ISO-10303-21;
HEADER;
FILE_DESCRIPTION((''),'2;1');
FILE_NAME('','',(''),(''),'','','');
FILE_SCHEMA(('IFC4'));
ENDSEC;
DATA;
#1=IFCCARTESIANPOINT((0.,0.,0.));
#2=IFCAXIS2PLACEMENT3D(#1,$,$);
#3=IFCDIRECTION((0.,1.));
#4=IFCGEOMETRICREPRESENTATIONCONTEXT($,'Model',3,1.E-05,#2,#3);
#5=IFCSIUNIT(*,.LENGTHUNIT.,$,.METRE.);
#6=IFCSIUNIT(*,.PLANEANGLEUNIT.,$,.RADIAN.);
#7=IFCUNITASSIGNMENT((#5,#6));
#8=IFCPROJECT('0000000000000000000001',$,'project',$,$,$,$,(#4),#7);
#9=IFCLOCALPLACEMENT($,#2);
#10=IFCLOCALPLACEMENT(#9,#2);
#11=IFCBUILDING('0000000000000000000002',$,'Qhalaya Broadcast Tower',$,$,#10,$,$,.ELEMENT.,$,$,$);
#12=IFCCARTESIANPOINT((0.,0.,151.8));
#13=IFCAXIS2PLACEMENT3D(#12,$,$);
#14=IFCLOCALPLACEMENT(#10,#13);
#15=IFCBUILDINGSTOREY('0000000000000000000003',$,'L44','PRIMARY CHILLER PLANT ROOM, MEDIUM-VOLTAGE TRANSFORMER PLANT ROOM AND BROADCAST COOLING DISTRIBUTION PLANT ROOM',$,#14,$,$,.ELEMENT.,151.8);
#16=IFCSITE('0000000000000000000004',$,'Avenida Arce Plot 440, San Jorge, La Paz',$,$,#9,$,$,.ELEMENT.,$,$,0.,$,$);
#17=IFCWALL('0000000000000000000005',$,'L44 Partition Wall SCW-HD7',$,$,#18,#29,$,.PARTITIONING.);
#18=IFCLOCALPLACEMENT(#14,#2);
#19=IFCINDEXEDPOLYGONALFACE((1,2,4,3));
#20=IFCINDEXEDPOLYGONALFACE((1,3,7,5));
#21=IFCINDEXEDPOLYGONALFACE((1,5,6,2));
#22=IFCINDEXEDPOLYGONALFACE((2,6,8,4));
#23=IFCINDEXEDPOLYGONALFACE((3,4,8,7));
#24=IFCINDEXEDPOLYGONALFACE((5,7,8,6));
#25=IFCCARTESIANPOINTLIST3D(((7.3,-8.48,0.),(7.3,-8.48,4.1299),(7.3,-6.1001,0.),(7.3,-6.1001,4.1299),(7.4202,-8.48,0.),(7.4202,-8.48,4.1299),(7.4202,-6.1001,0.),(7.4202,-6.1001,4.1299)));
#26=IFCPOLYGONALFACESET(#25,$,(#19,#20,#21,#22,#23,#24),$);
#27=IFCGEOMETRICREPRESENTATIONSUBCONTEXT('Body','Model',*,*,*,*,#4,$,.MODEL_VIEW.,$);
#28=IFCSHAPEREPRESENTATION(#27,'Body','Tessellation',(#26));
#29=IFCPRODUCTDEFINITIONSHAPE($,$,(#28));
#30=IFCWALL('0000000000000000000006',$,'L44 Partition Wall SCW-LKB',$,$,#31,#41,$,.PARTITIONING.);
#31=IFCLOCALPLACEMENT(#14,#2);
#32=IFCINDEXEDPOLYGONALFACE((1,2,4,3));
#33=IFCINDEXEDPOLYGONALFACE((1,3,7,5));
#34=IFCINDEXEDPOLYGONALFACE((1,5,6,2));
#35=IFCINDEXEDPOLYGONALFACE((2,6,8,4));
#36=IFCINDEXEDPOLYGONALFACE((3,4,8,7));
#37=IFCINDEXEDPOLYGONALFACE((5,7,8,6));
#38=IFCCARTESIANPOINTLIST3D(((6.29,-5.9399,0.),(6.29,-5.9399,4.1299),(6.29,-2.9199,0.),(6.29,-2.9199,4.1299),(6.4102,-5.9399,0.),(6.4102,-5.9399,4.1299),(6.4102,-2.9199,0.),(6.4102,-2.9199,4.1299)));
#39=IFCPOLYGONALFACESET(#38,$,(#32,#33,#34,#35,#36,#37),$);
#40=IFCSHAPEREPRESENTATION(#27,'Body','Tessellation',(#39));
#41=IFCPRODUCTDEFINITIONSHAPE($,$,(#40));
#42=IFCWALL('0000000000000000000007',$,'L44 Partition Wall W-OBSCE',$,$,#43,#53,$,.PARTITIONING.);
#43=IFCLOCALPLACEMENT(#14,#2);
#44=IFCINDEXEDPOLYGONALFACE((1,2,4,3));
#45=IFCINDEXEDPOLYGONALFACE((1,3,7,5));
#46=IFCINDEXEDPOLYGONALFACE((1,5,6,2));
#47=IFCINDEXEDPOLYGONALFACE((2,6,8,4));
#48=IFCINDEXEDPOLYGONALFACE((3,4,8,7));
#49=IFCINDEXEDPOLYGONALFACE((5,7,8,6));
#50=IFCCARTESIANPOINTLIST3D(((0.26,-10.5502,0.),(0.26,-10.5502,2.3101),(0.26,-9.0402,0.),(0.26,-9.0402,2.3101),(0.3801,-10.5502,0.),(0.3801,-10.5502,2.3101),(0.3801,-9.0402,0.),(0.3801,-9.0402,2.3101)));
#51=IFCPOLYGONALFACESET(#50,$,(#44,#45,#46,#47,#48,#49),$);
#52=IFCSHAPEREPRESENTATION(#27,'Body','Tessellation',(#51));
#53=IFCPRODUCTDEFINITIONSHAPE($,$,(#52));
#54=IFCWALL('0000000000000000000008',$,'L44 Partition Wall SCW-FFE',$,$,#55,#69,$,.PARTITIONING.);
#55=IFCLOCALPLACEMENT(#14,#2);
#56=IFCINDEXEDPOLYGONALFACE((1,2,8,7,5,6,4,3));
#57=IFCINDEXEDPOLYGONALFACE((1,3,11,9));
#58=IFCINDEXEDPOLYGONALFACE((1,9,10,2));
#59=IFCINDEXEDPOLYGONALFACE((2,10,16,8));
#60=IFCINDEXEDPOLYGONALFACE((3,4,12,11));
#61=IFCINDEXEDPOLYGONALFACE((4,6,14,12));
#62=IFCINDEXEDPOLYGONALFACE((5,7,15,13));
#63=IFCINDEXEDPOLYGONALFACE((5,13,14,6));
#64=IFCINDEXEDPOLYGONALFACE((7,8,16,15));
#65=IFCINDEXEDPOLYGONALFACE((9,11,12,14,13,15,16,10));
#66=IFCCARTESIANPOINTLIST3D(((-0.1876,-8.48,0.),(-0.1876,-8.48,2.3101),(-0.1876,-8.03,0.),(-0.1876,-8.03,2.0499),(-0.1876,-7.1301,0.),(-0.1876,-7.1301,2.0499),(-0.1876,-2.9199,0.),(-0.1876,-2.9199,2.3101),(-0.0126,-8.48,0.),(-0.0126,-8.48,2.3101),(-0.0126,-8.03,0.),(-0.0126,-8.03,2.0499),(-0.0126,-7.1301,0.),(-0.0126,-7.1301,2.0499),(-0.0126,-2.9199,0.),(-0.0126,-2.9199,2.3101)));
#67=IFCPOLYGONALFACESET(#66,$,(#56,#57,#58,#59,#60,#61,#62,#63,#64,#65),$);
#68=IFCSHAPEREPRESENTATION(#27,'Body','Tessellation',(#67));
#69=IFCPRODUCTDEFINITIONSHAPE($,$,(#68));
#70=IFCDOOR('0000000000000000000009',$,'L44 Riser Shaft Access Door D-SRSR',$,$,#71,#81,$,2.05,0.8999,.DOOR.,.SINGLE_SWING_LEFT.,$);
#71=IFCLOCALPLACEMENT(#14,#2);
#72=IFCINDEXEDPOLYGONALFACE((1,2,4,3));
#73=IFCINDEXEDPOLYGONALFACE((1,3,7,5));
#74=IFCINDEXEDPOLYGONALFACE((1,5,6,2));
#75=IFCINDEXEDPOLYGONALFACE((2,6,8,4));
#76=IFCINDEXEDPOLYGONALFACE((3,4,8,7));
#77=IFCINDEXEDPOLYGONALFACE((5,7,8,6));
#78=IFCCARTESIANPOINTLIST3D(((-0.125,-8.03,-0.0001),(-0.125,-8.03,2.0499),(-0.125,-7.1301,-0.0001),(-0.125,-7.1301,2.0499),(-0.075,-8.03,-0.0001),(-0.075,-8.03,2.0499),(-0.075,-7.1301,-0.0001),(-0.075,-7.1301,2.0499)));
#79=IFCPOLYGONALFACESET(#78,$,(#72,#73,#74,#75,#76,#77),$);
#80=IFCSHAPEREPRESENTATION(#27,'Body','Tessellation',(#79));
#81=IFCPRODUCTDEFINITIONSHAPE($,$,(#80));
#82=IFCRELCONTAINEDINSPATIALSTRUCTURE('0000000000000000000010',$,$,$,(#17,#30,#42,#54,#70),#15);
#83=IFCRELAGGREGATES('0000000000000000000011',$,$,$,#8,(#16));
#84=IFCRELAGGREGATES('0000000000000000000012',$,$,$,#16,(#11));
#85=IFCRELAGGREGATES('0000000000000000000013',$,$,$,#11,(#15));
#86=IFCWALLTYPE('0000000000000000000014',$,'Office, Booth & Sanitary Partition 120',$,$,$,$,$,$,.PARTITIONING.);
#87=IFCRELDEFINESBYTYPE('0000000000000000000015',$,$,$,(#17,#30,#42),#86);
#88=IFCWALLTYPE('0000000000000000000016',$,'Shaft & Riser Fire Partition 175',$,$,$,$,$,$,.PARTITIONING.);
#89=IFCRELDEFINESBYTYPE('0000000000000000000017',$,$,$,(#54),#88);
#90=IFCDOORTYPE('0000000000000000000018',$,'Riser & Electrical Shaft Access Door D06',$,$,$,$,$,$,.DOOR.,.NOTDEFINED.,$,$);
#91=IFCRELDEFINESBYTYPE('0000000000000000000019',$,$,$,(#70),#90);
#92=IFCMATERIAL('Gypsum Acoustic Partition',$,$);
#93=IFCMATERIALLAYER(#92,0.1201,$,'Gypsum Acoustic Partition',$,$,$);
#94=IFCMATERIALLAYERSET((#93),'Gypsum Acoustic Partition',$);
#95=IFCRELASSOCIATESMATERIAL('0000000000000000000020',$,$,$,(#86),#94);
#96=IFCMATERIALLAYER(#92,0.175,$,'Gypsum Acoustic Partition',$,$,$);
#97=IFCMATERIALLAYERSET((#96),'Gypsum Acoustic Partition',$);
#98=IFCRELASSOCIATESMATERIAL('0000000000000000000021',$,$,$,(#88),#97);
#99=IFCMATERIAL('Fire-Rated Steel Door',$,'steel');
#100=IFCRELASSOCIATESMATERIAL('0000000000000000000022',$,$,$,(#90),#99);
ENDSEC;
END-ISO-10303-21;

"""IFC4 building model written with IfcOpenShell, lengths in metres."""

from ifc_helpers import new_model, si_unit, direction, frame, frame_2d, origin, place, context, subcontext, project, spatial, rectangle, extrude, material, layer, layer_set, type_object, element, fill, save


model = new_model("IFC4")

# Units and contexts
model_context = context("Model", 3, precision=1e-05, world=origin(), true_north=direction((0.0, 1.0)))
body_context = subcontext(model_context, "Body", "Model", "MODEL_VIEW")
ifc_project = project(units=[si_unit("LENGTHUNIT", "METRE"), si_unit("PLANEANGLEUNIT", "RADIAN")], contexts=[model_context])

# Site, building, storey
site_placement = place(None, origin())
site = spatial("IfcSite", under=ifc_project, at=site_placement, Name="Avenida Arce Plot 440, San Jorge, La Paz", CompositionType="ELEMENT", RefElevation=0.0)
building_placement = place(site_placement, origin())
building = spatial("IfcBuilding", under=site, at=building_placement, Name="Qhalaya Broadcast Tower", CompositionType="ELEMENT")
storey_placement = place(building_placement, frame((0.0, 0.0, 151.8)))
storey = spatial("IfcBuildingStorey", under=building, at=storey_placement, Name="L44", Description="PRIMARY CHILLER PLANT ROOM, MEDIUM-VOLTAGE TRANSFORMER PLANT ROOM AND BROADCAST COOLING DISTRIBUTION PLANT ROOM", CompositionType="ELEMENT", Elevation=151.8)

# Walls
ifc_material_1 = material(Name="Gypsum Acoustic Partition")
ifc_layer_1 = layer(ifc_material_1, 0.1201, Name="Gypsum Acoustic Partition")
ifc_layer_set_1 = layer_set([ifc_layer_1], Name="Gypsum Acoustic Partition")
wall_type_1 = type_object("IfcWallType", Name="Office, Booth & Sanitary Partition 120", PredefinedType="PARTITIONING", material=ifc_layer_set_1)
for number, where, z_axis, x_axis, name in (
    (1, (7.3601, -8.48, 0.0), (0.0, 0.0, 1.0), (0.0, 1.0, 0.0), "L44 Partition Wall SCW-HD7"),
):
    element("IfcWall", number, at=place(storey_placement, frame(where, z_axis=z_axis, x_axis=x_axis)), inside=storey, type_object=wall_type_1, Name=name, PredefinedType="PARTITIONING", context=body_context, shape_type="SweptSolid", body=[
        extrude(rectangle(XDim=2.3799, YDim=0.1201, at=frame_2d((1.1899, 0.0))), origin(), (0.0, 0.0, 1.0), 4.1299),
    ])
wall_1_placement = place(storey_placement, frame((6.3501, -5.9399, 0.0), z_axis=(0.0, 0.0, 1.0), x_axis=(0.0, 1.0, 0.0)))
element("IfcWall", 2, at=wall_1_placement, inside=storey, type_object=wall_type_1, Name="L44 Partition Wall SCW-LKB", PredefinedType="PARTITIONING", context=body_context, shape_type="SweptSolid", body=[
    extrude(rectangle(XDim=3.02, YDim=0.1201, at=frame_2d((1.51, 0.0))), origin(), (0.0, 0.0, 1.0), 4.1299),
])
wall_2_placement = place(storey_placement, frame((0.3201, -10.55, 0.0), z_axis=(0.0, 0.0, 1.0), x_axis=(0.0, 1.0, 0.0)))
element("IfcWall", 3, at=wall_2_placement, inside=storey, type_object=wall_type_1, Name="L44 Partition Wall W-OBSCE", PredefinedType="PARTITIONING", context=body_context, shape_type="SweptSolid", body=[
    extrude(rectangle(XDim=1.51, YDim=0.1201, at=frame_2d((0.7549, 0.0))), origin(), (0.0, 0.0, 1.0), 2.3101),
])

# Wall, opening, door
ifc_layer_2 = layer(ifc_material_1, 0.175, Name="Gypsum Acoustic Partition")
ifc_layer_set_2 = layer_set([ifc_layer_2], Name="Gypsum Acoustic Partition")
wall_type_2 = type_object("IfcWallType", Name="Shaft & Riser Fire Partition 175", PredefinedType="PARTITIONING", material=ifc_layer_set_2)
wall_3_placement = place(storey_placement, frame((-0.1001, -8.48, 0.0), z_axis=(0.0, 0.0, 1.0), x_axis=(0.0, 1.0, 0.0)))
wall_3 = element("IfcWall", 4, at=wall_3_placement, inside=storey, type_object=wall_type_2, Name="L44 Partition Wall SCW-FFE", PredefinedType="PARTITIONING", context=body_context, shape_type="SweptSolid", body=[
    extrude(rectangle(XDim=5.5601, YDim=0.175, at=frame_2d((2.78, 0.0))), origin(), (0.0, 0.0, 1.0), 2.3101),
])
opening_1_placement = place(wall_3_placement, frame((0.45, 0.0, 0.0)))
opening_1 = element("IfcOpeningElement", 5, at=opening_1_placement, cuts=wall_3, PredefinedType="OPENING", context=body_context, shape_type="SweptSolid", body=[
    extrude(rectangle(XDim=0.8999, YDim=2.05, at=frame_2d((0.45, 1.0249))), frame((0.0, 0.0996, 0.0), z_axis=(0.0, -1.0, 0.0), x_axis=(1.0, 0.0, 0.0)), (0.0, 0.0, 1.0), 0.199),
])
ifc_material_2 = material(Name="Fire-Rated Steel Door", Category="steel")
door_type_1 = type_object("IfcDoorType", Name="Riser & Electrical Shaft Access Door D06", OperationType="NOTDEFINED", PredefinedType="DOOR", material=ifc_material_2)
door_1_placement = place(opening_1_placement, origin())
door_1 = element("IfcDoor", 6, at=door_1_placement, inside=storey, type_object=door_type_1, Name="L44 Riser Shaft Access Door D-SRSR", OperationType="SINGLE_SWING_LEFT", OverallHeight=2.05, OverallWidth=0.8999, PredefinedType="DOOR", context=body_context, shape_type="SweptSolid", body=[
    extrude(rectangle(XDim=0.8999, YDim=2.05, at=frame_2d((0.45, 1.0249))), frame((0.0, 0.0249, 0.0), z_axis=(0.0, -1.0, 0.0), x_axis=(1.0, 0.0, 0.0)), (0.0, 0.0, 1.0), 0.05),
])
fill(opening_1, door_1)

save(model, "model.ifc")
